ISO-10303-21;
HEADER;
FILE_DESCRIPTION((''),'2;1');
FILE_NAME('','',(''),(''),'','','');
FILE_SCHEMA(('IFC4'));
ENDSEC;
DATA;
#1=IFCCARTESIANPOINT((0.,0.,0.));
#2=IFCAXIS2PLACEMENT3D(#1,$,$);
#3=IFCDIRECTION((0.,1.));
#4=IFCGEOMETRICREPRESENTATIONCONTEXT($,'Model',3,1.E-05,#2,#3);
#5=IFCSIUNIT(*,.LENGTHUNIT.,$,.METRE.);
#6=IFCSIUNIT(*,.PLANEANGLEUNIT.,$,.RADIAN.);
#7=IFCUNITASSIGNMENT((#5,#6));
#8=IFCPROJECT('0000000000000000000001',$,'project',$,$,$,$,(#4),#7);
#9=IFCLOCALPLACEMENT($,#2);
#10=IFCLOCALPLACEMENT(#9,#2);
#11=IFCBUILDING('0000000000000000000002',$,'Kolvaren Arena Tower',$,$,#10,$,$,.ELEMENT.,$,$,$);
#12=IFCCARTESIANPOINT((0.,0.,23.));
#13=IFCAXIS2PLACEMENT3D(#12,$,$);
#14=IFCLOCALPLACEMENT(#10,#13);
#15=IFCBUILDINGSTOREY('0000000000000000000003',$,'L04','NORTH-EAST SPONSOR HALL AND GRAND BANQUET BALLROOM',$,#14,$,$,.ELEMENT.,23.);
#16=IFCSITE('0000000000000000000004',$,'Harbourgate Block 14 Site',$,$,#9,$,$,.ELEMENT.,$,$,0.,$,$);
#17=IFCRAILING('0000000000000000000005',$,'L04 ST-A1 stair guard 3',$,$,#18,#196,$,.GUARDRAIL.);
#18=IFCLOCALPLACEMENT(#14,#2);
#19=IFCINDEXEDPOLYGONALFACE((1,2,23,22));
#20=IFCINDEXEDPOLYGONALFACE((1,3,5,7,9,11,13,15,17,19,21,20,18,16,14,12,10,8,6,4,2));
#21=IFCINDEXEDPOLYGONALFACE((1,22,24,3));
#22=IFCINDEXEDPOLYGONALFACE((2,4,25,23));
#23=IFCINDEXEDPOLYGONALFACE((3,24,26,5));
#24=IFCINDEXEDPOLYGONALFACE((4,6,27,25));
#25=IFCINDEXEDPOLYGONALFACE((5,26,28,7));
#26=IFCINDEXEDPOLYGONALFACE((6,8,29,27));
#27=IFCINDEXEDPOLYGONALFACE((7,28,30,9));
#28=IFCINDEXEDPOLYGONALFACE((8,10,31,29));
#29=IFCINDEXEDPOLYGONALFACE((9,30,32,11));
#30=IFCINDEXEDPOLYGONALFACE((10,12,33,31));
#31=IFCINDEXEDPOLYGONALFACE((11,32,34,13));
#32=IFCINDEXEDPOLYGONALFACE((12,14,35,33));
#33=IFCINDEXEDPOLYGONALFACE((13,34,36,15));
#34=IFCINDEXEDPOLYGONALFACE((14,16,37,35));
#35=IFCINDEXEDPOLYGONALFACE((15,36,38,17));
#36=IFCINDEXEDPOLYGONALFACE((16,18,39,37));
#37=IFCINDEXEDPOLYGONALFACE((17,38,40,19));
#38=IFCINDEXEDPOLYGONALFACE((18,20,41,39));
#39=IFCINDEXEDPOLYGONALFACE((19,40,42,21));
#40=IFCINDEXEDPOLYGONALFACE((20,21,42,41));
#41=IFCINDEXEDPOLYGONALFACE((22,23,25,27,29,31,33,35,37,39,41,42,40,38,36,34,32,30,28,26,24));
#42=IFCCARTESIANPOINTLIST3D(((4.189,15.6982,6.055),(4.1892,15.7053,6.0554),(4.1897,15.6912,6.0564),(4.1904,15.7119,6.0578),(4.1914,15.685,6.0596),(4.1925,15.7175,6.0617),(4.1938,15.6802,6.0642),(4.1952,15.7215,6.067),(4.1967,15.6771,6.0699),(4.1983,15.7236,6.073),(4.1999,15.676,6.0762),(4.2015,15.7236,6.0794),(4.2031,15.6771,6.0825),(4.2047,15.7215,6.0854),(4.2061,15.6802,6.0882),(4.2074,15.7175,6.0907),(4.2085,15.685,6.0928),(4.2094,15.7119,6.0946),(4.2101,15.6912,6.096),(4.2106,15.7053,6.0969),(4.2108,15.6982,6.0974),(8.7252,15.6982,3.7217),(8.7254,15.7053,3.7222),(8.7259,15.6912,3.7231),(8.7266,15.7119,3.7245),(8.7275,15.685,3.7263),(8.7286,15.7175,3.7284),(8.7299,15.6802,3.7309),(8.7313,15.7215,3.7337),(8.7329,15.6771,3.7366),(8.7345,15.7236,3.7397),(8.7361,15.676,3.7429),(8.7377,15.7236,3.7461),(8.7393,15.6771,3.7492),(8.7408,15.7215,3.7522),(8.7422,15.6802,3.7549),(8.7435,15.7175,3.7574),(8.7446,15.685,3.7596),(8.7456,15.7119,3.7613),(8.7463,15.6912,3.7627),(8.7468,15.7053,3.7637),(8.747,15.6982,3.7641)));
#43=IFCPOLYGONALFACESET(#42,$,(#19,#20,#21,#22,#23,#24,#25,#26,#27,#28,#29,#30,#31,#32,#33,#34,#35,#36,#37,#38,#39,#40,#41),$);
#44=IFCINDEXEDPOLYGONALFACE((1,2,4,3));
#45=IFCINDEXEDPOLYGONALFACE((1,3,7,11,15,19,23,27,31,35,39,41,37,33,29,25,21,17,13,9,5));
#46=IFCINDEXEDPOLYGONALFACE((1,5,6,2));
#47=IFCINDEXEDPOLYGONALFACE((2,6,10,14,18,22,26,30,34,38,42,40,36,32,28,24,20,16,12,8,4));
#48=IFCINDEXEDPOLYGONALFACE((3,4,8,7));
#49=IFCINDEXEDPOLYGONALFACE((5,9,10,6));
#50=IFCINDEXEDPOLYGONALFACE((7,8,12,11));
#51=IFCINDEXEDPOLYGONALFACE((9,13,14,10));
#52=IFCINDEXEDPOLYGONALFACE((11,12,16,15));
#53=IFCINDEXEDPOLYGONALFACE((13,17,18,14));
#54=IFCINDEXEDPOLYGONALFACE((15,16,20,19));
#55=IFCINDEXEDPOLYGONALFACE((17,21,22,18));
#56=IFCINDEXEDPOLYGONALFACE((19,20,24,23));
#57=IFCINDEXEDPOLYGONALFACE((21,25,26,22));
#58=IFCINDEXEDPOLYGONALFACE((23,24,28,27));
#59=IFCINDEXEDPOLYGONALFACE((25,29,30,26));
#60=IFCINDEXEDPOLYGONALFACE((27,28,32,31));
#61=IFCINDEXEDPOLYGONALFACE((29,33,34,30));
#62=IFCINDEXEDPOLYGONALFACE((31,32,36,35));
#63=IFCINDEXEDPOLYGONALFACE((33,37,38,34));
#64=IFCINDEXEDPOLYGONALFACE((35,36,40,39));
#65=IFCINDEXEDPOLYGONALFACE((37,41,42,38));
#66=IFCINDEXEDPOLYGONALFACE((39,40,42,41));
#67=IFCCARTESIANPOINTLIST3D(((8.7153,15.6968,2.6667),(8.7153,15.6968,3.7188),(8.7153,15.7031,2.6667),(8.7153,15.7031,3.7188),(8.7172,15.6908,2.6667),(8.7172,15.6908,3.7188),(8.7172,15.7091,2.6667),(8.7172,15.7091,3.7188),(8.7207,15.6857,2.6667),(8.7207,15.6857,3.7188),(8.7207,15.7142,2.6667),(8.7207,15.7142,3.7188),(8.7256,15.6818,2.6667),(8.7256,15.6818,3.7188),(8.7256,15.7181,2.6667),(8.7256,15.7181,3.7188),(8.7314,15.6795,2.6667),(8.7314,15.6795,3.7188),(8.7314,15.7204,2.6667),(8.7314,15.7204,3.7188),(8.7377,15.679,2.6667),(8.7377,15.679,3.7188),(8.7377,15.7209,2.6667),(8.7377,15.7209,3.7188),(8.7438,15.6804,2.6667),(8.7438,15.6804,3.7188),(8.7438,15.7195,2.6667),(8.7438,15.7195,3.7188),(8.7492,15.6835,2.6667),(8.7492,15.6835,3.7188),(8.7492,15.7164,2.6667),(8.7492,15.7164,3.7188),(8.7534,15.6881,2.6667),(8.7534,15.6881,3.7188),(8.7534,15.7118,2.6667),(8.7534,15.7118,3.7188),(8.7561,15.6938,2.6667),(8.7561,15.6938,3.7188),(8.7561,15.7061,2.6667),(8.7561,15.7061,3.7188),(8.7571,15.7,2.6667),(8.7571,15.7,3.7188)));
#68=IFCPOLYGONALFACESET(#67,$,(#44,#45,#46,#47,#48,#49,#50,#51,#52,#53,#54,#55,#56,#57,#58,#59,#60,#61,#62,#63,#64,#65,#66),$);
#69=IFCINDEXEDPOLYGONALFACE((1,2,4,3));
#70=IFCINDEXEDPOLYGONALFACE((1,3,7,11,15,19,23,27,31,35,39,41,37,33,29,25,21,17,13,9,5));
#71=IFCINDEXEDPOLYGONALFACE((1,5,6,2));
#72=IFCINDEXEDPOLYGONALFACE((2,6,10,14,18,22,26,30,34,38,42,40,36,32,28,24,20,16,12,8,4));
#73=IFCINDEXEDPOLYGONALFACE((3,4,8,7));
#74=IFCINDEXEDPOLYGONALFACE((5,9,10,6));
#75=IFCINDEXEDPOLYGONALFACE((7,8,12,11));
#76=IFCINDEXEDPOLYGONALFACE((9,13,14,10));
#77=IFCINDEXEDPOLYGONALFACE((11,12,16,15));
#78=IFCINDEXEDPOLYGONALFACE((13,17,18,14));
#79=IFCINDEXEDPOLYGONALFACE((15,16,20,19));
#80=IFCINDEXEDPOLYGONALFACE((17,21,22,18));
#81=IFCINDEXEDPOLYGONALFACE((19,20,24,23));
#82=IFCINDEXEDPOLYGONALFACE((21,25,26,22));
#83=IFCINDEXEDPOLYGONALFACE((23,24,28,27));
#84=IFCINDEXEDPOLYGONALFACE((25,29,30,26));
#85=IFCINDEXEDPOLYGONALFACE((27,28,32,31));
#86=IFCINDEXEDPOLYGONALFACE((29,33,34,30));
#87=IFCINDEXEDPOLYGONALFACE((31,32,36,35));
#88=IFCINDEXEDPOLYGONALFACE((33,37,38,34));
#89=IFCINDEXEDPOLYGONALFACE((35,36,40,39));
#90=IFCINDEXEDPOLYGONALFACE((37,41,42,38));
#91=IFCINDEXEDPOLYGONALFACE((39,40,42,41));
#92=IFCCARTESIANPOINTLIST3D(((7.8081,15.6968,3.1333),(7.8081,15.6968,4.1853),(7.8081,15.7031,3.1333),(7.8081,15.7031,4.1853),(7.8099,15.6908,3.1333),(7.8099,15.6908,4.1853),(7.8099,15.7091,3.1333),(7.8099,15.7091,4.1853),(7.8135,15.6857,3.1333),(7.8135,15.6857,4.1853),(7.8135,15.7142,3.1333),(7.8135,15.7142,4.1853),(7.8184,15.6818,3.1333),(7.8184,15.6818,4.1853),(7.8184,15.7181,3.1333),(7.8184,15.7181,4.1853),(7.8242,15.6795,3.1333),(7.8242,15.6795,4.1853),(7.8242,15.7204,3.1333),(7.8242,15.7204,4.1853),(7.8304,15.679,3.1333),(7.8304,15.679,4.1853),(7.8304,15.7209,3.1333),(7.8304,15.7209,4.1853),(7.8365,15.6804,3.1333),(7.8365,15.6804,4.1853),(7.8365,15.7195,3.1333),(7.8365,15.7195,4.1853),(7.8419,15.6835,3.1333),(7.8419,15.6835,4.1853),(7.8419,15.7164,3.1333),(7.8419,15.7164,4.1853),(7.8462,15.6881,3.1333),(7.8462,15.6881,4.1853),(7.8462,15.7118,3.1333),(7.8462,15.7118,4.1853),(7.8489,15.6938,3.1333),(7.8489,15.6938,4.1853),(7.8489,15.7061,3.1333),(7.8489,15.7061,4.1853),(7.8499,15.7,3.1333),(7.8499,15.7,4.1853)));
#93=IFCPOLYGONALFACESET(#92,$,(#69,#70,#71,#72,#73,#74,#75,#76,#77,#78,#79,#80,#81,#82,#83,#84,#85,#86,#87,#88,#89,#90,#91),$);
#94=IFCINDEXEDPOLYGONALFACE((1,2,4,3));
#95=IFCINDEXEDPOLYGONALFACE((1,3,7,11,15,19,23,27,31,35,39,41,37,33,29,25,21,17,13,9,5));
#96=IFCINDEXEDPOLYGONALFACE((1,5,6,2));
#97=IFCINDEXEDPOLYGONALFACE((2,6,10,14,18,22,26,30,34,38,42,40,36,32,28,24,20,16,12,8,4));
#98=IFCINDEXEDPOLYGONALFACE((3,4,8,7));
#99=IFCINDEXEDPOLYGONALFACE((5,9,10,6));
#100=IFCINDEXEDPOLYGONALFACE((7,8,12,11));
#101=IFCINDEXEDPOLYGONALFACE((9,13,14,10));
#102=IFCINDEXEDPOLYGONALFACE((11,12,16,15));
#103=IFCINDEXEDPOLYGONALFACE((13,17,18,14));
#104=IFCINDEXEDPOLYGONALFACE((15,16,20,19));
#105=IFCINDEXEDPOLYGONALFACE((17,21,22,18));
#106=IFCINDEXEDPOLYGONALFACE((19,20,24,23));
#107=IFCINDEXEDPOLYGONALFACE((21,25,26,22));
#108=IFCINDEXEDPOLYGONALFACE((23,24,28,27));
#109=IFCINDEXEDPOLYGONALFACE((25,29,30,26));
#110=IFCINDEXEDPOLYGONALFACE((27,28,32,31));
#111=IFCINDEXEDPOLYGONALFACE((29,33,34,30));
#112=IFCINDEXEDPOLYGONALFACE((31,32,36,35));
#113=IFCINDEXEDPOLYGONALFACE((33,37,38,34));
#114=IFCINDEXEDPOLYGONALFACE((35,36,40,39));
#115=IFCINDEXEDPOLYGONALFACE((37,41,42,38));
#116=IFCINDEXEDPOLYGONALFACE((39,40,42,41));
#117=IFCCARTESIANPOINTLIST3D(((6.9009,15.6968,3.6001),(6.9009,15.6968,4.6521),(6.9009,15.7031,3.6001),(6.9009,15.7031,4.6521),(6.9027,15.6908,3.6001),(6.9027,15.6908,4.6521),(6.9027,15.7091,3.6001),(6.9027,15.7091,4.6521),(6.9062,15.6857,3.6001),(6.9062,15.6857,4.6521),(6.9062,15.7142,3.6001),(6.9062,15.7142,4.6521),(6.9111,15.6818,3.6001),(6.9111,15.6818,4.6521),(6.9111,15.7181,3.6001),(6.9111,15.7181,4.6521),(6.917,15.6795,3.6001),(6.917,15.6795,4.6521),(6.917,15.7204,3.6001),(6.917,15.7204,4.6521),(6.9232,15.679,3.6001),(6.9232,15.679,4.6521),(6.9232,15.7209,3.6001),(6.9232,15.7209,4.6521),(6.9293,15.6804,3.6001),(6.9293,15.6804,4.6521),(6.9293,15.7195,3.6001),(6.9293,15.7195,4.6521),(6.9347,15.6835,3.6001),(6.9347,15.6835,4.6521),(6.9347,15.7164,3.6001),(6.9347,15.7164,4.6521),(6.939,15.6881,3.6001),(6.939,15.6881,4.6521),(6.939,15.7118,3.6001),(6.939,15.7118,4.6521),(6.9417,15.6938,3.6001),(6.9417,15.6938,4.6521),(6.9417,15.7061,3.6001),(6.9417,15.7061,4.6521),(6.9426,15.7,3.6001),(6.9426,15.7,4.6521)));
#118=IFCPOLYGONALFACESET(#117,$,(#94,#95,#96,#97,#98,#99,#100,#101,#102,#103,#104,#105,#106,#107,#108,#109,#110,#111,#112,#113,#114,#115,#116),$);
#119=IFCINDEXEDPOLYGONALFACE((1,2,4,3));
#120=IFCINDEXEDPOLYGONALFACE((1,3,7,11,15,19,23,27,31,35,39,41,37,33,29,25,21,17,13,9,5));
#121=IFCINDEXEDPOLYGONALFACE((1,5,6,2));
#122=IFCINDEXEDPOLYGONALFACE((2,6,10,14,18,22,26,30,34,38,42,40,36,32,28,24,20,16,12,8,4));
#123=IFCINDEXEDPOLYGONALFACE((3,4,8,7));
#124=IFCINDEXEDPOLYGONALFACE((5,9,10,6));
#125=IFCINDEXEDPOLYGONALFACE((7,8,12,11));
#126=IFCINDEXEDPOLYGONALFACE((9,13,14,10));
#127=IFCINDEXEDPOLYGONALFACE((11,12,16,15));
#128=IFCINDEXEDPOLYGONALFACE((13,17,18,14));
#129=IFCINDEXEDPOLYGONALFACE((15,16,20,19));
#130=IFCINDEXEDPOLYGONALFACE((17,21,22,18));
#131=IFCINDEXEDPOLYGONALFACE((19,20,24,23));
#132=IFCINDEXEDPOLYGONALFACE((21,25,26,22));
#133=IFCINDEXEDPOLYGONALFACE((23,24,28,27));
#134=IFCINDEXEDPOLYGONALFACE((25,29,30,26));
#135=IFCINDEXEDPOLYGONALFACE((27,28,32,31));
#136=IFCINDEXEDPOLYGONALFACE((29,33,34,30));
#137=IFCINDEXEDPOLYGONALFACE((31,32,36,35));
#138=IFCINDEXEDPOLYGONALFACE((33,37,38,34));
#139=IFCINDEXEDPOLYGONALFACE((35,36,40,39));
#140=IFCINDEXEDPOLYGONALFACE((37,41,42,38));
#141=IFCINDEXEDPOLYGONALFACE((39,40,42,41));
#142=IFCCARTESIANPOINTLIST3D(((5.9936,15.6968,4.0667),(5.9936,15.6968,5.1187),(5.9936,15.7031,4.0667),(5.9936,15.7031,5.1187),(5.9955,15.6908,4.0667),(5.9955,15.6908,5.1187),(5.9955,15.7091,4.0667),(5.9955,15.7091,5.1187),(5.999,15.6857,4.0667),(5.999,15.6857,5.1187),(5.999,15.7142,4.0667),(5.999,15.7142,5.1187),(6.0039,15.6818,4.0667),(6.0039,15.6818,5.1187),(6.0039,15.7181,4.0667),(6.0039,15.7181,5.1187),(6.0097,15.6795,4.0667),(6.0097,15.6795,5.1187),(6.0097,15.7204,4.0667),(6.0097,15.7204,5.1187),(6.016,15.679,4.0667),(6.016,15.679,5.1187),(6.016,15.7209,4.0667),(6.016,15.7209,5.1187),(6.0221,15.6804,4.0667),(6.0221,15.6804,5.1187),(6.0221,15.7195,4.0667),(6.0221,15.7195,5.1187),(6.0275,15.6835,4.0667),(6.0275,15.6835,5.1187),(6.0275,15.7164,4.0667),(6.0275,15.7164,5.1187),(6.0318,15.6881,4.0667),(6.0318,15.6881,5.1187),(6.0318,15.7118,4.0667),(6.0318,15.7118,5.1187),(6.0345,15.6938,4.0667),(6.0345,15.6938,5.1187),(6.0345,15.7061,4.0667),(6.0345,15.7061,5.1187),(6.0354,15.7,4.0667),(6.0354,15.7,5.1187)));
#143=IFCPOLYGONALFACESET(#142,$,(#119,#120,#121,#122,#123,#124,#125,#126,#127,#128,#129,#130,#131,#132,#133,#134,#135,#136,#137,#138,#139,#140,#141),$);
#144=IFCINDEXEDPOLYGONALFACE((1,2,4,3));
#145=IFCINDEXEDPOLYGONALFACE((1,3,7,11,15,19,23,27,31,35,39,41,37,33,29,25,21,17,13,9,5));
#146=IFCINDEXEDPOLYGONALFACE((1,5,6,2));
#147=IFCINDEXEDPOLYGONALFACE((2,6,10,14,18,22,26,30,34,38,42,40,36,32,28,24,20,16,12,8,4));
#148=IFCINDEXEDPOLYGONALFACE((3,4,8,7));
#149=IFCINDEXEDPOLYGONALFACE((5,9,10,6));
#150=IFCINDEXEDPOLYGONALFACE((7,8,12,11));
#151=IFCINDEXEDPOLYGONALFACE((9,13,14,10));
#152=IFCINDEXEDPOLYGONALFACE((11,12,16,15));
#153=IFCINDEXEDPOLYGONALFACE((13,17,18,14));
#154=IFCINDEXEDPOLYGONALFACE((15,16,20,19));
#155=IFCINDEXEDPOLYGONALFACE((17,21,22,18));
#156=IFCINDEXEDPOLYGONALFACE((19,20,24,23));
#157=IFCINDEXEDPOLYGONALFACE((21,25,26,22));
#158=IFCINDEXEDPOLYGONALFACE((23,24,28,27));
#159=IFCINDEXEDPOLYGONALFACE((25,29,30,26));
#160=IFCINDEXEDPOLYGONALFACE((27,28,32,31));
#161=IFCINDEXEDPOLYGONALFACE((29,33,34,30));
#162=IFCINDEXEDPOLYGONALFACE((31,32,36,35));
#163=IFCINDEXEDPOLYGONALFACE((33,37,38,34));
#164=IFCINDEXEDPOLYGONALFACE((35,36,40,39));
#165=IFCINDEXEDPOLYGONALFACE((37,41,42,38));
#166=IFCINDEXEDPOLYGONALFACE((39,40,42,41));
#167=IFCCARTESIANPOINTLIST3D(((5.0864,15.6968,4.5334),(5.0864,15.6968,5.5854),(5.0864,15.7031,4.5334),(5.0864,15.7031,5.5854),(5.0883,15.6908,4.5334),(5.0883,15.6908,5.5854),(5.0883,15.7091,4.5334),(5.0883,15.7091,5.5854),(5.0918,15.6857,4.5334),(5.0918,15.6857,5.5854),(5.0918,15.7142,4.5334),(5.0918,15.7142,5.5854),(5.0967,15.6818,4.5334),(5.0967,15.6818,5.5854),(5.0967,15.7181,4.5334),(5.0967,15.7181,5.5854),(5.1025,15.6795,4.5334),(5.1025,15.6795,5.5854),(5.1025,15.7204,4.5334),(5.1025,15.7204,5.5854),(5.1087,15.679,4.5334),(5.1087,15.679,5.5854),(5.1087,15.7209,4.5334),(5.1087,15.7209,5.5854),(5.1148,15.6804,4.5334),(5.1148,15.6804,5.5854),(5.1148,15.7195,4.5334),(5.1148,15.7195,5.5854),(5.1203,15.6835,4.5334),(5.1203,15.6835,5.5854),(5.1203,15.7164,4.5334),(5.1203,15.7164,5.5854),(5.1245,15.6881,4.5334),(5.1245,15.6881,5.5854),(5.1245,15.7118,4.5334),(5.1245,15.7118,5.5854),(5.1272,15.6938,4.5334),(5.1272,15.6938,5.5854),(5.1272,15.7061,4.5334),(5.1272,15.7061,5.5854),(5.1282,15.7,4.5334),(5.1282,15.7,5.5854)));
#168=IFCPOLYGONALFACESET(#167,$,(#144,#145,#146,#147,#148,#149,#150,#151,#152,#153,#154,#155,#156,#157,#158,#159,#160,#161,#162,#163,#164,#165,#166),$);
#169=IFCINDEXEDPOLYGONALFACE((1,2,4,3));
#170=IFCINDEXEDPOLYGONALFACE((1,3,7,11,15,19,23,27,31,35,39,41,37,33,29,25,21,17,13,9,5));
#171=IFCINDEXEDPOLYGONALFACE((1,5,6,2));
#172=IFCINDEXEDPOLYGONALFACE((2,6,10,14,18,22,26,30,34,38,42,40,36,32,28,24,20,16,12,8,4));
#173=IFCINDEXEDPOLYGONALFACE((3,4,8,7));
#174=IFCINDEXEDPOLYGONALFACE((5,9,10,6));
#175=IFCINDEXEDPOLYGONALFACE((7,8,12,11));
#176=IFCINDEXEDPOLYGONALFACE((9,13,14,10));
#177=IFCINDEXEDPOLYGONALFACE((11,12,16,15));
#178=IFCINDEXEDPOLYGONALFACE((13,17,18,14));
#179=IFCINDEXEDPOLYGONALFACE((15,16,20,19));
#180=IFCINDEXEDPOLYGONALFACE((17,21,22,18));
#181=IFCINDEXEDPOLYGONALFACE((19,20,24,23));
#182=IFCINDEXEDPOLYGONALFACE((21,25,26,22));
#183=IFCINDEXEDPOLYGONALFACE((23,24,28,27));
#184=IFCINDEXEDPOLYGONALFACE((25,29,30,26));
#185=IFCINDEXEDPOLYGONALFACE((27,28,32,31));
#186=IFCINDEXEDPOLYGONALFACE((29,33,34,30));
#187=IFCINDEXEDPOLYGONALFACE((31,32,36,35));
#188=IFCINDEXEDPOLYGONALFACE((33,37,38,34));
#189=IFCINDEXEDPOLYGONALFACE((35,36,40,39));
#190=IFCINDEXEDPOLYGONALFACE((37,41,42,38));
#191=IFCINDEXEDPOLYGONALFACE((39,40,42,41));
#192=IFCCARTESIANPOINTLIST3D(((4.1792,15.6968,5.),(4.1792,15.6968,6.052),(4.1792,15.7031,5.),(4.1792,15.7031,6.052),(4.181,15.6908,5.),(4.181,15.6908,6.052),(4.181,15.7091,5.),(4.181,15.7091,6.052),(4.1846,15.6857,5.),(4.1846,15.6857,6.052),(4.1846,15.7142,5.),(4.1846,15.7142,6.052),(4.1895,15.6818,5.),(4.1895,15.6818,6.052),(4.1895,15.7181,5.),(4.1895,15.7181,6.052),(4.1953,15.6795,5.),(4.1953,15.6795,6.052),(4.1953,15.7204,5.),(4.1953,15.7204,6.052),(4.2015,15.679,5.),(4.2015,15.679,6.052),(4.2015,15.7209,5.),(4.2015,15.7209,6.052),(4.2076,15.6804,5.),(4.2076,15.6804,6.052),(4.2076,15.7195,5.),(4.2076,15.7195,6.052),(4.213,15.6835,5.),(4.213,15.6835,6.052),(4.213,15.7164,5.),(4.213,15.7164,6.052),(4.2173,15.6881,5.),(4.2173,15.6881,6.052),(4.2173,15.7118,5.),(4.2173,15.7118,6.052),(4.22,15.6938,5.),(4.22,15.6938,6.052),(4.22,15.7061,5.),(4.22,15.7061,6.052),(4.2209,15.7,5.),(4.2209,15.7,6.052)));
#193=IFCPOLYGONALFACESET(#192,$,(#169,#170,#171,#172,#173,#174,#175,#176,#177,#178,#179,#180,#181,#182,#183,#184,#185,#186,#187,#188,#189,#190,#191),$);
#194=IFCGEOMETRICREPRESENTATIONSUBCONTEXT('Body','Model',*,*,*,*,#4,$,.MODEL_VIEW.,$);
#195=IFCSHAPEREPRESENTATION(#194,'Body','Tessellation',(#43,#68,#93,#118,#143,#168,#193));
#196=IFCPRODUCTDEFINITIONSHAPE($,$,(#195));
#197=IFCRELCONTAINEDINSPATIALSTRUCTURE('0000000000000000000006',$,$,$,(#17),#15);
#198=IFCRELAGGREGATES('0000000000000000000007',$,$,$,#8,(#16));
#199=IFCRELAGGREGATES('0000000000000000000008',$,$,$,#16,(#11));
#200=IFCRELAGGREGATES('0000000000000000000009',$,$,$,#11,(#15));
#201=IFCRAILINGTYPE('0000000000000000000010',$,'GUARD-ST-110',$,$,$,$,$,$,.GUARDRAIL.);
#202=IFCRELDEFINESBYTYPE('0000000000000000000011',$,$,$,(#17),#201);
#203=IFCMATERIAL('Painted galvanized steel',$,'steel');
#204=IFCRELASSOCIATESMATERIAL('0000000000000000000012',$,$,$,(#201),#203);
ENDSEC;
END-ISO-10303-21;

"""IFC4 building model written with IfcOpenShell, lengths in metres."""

from ifc_helpers import new_model, si_unit, direction, frame, origin, origin_2d, place, context, subcontext, project, spatial, circle, extrude, material, type_object, element, save


model = new_model("IFC4")

# Units and contexts
model_context = context("Model", 3, precision=1e-05, world=origin(), true_north=direction((0.0, 1.0)))
body_context = subcontext(model_context, "Body", "Model", "MODEL_VIEW")
ifc_project = project(units=[si_unit("LENGTHUNIT", "METRE"), si_unit("PLANEANGLEUNIT", "RADIAN")], contexts=[model_context])

# Site, building, storey
site_placement = place(None, origin())
site = spatial("IfcSite", under=ifc_project, at=site_placement, Name="Harbourgate Block 14 Site", CompositionType="ELEMENT", RefElevation=0.0)
building_placement = place(site_placement, origin())
building = spatial("IfcBuilding", under=site, at=building_placement, Name="Kolvaren Arena Tower", CompositionType="ELEMENT")
storey_placement = place(building_placement, frame((0.0, 0.0, 23.0)))
storey = spatial("IfcBuildingStorey", under=building, at=storey_placement, Name="L04", Description="NORTH-EAST SPONSOR HALL AND GRAND BANQUET BALLROOM", CompositionType="ELEMENT", Elevation=23.0)

# Railing
ifc_material_1 = material(Name="Painted galvanized steel", Category="steel")
railing_type_1 = type_object("IfcRailingType", Name="GUARD-ST-110", PredefinedType="GUARDRAIL", material=ifc_material_1)
railing_1_placement = place(storey_placement, frame((8.7361, 15.7, 2.6667)))
element("IfcRailing", 1, at=railing_1_placement, inside=storey, type_object=railing_type_1, Name="L04 ST-A1 stair guard 3", PredefinedType="GUARDRAIL", context=body_context, shape_type="SweptSolid", body=[
    extrude(circle(Radius=0.0239, at=origin_2d()), frame((0.0, 0.0, 1.0762), z_axis=(-0.889257, 0.0, 0.457407), x_axis=(0.0, -1.0, 0.0)), (0.0, 0.0, 1.0), 5.1011),
    extrude(circle(Radius=0.021, at=origin_2d()), origin(), (0.0, 0.0, 1.0), 1.052),
    extrude(circle(Radius=0.021, at=origin_2d()), frame((-0.9072, 0.0, 0.4666)), (0.0, 0.0, 1.0), 1.052),
    extrude(circle(Radius=0.021, at=origin_2d()), frame((-1.8145, 0.0, 0.9333)), (0.0, 0.0, 1.0), 1.052),
    extrude(circle(Radius=0.021, at=origin_2d()), frame((-2.7217, 0.0, 1.3999)), (0.0, 0.0, 1.0), 1.052),
    extrude(circle(Radius=0.021, at=origin_2d()), frame((-3.6289, 0.0, 1.8667)), (0.0, 0.0, 1.0), 1.052),
    extrude(circle(Radius=0.021, at=origin_2d()), frame((-4.5361, 0.0, 2.3333)), (0.0, 0.0, 1.0), 1.052),
])

save(model, "model.ifc")
